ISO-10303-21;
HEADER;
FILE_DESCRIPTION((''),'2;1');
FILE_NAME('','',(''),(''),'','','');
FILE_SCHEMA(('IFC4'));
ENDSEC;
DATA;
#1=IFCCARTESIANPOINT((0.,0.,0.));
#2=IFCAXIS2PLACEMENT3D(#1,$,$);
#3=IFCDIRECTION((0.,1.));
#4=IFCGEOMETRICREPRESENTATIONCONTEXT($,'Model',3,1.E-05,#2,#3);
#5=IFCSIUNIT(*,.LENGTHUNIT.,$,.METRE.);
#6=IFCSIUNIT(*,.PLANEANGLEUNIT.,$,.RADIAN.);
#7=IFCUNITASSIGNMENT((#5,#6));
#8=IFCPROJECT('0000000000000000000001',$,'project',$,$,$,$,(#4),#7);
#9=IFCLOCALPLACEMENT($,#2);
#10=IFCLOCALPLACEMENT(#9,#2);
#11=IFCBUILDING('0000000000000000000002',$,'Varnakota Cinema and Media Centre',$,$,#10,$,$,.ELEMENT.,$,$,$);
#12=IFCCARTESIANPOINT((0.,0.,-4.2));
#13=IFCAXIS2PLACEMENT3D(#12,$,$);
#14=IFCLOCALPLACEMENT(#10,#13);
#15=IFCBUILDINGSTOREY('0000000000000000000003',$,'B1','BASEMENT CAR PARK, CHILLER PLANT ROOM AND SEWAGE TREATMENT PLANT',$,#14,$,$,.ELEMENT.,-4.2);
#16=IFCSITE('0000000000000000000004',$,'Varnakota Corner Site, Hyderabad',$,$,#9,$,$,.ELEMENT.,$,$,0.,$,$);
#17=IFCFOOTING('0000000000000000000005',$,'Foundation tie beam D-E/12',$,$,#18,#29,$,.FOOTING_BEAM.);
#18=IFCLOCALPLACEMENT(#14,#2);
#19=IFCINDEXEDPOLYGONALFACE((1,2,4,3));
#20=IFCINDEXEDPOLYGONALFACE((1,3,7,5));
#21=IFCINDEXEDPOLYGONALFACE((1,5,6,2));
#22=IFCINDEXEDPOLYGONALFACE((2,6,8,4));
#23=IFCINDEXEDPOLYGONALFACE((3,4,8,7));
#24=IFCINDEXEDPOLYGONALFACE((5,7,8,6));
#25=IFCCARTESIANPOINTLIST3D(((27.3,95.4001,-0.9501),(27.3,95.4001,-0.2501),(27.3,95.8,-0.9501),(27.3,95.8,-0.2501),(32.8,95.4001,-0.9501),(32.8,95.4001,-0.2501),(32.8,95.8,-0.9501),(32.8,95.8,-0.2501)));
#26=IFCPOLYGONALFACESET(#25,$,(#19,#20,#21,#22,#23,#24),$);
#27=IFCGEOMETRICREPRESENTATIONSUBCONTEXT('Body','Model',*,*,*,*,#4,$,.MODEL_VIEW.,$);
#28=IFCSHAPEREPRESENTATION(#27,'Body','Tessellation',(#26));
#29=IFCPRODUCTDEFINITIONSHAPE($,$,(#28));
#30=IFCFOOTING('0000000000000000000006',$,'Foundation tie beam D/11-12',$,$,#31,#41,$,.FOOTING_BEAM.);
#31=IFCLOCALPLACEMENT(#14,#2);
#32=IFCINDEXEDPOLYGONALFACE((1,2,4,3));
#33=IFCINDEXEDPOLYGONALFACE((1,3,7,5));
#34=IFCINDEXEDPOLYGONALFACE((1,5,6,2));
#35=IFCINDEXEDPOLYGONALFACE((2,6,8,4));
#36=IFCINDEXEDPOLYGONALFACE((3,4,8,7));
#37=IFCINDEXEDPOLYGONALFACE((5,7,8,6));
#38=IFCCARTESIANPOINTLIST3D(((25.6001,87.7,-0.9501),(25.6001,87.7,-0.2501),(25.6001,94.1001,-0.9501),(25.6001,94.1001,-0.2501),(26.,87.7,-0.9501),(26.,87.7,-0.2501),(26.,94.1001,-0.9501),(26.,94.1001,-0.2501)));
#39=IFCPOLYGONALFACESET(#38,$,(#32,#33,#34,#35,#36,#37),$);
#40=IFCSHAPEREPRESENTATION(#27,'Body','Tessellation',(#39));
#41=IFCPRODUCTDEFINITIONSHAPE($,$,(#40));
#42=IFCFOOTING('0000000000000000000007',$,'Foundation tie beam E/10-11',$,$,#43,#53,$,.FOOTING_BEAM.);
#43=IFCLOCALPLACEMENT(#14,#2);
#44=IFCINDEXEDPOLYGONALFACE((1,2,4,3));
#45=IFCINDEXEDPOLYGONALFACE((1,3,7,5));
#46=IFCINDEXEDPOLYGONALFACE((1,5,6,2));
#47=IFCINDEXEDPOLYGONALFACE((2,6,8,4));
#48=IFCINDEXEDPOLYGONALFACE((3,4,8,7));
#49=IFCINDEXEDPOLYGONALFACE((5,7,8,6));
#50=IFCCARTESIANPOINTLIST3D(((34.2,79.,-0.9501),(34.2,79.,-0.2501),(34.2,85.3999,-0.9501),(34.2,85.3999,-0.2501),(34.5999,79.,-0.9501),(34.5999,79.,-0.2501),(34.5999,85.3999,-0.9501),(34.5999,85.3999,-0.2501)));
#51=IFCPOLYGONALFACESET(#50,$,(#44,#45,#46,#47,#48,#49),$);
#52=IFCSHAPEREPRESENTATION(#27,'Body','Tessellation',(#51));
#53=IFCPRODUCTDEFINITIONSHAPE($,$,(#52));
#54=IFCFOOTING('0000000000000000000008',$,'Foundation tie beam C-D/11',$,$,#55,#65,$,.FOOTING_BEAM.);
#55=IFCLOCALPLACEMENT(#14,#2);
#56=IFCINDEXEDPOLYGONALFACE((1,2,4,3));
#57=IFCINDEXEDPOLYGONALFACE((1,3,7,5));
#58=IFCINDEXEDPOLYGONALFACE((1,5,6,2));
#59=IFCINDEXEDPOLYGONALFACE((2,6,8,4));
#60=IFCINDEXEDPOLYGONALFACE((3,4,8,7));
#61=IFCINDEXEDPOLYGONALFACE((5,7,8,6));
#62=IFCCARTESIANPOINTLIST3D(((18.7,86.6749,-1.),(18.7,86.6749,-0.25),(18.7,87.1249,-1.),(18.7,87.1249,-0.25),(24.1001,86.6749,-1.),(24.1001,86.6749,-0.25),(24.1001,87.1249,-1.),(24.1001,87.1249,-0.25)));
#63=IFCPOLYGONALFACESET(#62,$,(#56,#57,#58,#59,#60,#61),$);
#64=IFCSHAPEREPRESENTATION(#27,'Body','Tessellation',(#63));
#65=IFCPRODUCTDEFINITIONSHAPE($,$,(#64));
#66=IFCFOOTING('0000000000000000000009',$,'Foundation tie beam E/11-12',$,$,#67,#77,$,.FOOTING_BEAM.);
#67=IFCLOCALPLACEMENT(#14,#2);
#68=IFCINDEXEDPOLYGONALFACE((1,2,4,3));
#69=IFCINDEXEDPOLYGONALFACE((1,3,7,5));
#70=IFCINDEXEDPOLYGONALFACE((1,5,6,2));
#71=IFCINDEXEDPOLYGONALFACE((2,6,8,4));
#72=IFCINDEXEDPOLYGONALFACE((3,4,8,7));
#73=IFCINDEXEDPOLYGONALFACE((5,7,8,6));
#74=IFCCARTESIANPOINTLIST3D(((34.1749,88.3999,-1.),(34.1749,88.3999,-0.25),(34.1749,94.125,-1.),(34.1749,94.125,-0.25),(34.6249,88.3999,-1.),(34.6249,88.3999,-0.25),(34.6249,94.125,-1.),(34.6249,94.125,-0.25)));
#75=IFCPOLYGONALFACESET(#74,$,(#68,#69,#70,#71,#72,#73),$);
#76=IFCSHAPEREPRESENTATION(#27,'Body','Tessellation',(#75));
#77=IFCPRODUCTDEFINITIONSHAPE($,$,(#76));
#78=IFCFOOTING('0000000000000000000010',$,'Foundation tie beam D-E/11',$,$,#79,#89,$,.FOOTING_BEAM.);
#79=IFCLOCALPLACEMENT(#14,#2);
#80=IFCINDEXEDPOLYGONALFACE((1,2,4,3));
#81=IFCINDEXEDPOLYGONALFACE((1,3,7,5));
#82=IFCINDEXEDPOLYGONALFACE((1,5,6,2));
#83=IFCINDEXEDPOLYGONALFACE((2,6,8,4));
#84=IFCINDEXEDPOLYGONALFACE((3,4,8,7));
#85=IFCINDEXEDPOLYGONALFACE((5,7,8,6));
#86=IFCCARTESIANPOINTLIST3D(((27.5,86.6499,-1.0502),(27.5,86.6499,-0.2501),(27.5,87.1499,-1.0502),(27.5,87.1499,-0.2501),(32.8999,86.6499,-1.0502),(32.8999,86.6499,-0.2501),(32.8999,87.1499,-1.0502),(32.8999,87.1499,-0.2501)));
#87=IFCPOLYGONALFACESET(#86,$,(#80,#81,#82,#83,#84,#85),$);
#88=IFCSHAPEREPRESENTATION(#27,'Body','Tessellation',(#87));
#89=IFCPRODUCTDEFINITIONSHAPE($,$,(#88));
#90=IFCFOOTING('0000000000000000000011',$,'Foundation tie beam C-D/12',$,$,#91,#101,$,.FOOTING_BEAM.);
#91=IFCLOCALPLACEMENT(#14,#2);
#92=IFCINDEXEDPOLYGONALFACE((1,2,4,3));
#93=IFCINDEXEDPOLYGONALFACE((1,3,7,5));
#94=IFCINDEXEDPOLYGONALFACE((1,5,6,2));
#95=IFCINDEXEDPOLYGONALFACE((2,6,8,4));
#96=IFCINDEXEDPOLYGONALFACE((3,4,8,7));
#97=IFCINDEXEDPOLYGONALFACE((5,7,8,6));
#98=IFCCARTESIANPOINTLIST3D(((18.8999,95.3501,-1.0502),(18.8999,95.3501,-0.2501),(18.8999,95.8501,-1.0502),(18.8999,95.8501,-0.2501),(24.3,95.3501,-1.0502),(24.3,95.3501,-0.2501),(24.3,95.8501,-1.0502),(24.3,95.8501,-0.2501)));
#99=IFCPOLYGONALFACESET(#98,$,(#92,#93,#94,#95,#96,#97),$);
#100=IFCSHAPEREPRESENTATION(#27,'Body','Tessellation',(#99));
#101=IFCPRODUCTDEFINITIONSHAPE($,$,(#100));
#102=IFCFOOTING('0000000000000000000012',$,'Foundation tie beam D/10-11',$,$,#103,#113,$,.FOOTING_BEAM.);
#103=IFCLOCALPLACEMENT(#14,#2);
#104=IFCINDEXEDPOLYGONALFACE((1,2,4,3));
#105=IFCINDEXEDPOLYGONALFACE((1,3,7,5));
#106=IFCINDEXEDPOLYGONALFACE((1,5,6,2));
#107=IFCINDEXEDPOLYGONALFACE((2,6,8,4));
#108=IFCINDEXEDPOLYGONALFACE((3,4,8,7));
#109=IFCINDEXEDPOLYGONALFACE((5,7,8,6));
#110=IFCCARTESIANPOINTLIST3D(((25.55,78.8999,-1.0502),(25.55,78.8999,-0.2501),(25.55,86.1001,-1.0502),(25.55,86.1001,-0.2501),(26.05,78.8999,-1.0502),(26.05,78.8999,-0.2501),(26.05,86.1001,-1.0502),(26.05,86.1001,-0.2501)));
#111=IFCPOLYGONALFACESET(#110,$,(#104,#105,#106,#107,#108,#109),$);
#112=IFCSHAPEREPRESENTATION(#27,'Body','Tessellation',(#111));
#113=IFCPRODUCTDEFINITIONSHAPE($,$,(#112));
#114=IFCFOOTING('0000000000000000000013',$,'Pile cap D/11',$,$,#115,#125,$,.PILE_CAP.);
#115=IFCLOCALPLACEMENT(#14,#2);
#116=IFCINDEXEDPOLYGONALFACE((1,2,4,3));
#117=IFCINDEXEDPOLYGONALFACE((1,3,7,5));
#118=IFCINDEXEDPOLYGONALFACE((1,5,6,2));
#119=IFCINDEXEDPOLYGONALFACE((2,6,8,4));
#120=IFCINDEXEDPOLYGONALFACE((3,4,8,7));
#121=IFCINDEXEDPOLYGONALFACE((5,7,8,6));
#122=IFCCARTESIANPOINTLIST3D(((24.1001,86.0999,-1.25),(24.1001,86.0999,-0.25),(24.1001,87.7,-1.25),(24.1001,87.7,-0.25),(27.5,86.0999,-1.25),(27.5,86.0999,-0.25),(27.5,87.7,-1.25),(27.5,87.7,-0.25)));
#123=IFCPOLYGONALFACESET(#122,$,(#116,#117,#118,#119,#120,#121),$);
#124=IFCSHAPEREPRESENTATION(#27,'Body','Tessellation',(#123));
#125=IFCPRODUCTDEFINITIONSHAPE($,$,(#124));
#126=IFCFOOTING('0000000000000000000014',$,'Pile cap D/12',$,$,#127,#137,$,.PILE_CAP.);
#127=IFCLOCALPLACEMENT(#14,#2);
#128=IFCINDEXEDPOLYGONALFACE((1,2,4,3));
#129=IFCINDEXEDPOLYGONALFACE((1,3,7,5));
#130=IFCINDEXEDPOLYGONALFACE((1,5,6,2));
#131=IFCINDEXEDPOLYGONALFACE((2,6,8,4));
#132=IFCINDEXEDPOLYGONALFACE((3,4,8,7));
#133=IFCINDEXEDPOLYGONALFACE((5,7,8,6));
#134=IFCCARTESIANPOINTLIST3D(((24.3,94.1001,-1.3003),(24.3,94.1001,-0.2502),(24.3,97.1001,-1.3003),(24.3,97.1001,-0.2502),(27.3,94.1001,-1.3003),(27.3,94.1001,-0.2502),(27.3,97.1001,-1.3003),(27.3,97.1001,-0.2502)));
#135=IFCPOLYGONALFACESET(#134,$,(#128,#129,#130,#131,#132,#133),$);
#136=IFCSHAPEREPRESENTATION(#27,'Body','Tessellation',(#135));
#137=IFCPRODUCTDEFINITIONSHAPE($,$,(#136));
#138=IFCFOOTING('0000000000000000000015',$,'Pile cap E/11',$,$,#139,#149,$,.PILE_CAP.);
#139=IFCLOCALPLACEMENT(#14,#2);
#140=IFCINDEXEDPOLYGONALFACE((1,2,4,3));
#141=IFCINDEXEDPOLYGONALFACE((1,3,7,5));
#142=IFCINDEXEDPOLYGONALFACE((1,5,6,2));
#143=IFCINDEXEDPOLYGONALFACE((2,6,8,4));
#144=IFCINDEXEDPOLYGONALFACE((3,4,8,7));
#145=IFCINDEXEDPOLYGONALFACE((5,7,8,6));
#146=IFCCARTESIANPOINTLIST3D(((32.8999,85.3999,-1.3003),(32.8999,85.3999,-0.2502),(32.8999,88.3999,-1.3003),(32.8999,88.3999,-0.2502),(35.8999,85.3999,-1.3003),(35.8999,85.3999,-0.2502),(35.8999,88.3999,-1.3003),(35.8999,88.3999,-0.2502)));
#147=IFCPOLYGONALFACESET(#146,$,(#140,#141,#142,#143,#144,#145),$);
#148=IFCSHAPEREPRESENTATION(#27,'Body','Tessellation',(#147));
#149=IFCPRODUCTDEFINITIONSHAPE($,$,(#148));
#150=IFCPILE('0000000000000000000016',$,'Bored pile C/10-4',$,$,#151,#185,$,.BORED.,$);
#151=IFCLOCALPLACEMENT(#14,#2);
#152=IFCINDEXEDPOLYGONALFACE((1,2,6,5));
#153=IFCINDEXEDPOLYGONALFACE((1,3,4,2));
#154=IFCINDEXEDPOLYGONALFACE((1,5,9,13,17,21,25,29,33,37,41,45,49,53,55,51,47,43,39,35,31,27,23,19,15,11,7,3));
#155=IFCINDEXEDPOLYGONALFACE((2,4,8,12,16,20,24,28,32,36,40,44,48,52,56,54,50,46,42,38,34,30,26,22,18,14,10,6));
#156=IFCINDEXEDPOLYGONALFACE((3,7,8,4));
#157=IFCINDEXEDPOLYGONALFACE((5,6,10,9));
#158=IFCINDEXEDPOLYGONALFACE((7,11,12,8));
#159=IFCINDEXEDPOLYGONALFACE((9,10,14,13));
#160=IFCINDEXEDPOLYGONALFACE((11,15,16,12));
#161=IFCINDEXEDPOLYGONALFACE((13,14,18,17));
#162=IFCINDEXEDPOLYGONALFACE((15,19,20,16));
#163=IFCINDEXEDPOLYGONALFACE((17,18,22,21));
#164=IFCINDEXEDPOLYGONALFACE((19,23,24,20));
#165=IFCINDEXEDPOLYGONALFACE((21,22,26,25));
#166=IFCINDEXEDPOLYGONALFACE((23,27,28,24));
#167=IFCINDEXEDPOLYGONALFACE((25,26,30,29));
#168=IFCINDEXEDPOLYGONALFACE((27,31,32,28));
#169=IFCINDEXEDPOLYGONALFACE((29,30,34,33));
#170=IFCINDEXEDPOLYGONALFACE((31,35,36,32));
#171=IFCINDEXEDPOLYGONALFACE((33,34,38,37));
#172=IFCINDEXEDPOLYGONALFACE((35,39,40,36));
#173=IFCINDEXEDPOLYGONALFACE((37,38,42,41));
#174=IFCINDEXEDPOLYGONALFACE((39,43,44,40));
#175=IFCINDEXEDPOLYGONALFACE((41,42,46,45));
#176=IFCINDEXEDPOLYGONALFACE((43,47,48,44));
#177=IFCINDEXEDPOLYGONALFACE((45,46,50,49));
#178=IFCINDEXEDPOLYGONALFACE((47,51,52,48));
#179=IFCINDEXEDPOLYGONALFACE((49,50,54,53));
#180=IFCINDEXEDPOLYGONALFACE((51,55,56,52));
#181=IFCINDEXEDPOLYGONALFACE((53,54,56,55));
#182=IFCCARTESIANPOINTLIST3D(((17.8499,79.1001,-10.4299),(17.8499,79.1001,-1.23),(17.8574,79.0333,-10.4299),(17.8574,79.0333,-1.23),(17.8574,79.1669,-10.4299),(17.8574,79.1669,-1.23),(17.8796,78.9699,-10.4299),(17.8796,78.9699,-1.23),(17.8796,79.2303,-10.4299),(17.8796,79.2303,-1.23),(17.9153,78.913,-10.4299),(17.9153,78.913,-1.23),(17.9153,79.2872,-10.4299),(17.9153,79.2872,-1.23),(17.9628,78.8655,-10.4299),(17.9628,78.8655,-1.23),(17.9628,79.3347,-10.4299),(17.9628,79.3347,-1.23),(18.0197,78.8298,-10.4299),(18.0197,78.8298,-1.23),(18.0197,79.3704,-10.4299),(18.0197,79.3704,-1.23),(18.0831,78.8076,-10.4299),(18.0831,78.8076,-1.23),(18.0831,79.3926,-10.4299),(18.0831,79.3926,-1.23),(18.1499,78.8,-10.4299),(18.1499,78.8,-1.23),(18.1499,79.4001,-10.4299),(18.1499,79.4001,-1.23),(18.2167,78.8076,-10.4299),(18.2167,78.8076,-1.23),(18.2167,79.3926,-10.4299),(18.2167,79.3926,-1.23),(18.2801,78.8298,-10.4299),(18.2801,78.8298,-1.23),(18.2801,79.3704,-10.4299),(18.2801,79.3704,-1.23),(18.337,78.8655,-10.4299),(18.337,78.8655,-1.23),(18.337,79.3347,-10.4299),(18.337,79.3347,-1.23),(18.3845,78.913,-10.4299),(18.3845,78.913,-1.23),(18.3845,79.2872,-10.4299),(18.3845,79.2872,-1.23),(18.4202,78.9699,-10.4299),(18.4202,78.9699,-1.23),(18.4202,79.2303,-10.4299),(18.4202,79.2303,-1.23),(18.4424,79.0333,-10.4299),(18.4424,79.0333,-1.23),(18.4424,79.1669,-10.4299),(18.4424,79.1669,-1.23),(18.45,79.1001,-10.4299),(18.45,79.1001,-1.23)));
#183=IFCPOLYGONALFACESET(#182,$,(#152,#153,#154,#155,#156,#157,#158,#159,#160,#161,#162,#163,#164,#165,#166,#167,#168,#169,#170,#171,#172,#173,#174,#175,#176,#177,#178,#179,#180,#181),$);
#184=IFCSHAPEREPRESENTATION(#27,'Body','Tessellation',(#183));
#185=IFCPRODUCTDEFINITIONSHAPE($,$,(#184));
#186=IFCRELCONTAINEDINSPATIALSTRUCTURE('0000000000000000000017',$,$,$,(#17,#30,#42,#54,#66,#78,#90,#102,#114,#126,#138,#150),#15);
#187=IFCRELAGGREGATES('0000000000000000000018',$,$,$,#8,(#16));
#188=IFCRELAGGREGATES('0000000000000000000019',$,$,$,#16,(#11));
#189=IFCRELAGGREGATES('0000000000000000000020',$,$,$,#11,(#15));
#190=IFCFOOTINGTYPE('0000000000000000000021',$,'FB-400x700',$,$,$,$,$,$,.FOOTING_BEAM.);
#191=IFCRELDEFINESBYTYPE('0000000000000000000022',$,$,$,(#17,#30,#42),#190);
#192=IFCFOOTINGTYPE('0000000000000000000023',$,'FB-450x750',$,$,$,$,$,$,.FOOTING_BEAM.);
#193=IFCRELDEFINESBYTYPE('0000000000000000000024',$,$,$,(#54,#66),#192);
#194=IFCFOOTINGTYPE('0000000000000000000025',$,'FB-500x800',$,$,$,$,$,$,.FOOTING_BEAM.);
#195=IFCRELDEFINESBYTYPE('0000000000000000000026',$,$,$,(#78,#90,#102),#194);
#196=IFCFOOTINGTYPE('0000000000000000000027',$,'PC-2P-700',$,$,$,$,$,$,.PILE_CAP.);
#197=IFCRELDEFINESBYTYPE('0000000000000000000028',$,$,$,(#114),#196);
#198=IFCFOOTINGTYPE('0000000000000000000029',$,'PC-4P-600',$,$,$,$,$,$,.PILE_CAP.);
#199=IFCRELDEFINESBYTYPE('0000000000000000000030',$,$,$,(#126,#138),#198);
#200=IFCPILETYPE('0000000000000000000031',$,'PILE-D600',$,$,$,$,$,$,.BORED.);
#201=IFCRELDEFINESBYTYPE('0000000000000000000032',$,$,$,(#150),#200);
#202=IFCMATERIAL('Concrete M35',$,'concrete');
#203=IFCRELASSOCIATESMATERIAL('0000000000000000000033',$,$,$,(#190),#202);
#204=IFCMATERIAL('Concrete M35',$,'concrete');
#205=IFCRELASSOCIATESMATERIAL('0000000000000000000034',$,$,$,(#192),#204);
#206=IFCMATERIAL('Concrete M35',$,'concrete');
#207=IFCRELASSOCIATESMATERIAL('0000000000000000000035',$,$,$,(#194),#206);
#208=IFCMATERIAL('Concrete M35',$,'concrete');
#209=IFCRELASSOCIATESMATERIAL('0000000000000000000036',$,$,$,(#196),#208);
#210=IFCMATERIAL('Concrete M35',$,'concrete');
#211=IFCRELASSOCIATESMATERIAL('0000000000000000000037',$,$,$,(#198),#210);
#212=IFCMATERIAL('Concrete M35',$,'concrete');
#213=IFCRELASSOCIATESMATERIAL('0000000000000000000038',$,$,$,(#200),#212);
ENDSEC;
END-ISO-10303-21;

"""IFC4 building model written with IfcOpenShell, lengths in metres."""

from ifc_helpers import new_model, si_unit, direction, frame, origin, origin_2d, place, context, subcontext, project, spatial, rectangle, circle, extrude, material, material_profile, profile_set, type_object, element, save


model = new_model("IFC4")

# Units and contexts
model_context = context("Model", 3, precision=1e-05, world=origin(), true_north=direction((0.0, 1.0)))
body_context = subcontext(model_context, "Body", "Model", "MODEL_VIEW")
ifc_project = project(units=[si_unit("LENGTHUNIT", "METRE"), si_unit("PLANEANGLEUNIT", "RADIAN")], contexts=[model_context])

# Site, building, storey
site_placement = place(None, origin())
site = spatial("IfcSite", under=ifc_project, at=site_placement, Name="Varnakota Corner Site, Hyderabad", CompositionType="ELEMENT", RefElevation=0.0)
building_placement = place(site_placement, origin())
building = spatial("IfcBuilding", under=site, at=building_placement, Name="Varnakota Cinema and Media Centre", CompositionType="ELEMENT")
storey_placement = place(building_placement, frame((0.0, 0.0, -4.2)))
storey = spatial("IfcBuildingStorey", under=building, at=storey_placement, Name="B1", Description="BASEMENT CAR PARK, CHILLER PLANT ROOM AND SEWAGE TREATMENT PLANT", CompositionType="ELEMENT", Elevation=-4.2)

# Footings
ifc_material_1 = material(Name="Concrete M35", Category="concrete")
ifc_material_profile_1 = material_profile(ifc_material_1, rectangle(XDim=0.3999, YDim=0.7, at=origin_2d()), Name="FB 400x700")
ifc_profile_set_1 = profile_set([ifc_material_profile_1], Name="Concrete M35")
footing_type_1 = type_object("IfcFootingType", Name="FB-400x700", PredefinedType="FOOTING_BEAM", material=ifc_profile_set_1)
footing_1_placement = place(storey_placement, frame((27.3, 95.6001, -0.6001), z_axis=(1.0, 0.0, 0.0), x_axis=(0.0, 1.0, 0.0)))
element("IfcFooting", 1, at=footing_1_placement, inside=storey, type_object=footing_type_1, Name="Foundation tie beam D-E/12", PredefinedType="FOOTING_BEAM", context=body_context, shape_type="SweptSolid", body=[
    extrude(rectangle(XDim=0.3999, YDim=0.7, at=origin_2d()), origin(), (0.0, 0.0, 1.0), 5.5),
])
footing_2_placement = place(storey_placement, frame((25.8, 87.7, -0.6001), z_axis=(0.0, 1.0, 0.0), x_axis=(-1.0, 0.0, 0.0)))
element("IfcFooting", 2, at=footing_2_placement, inside=storey, type_object=footing_type_1, Name="Foundation tie beam D/11-12", PredefinedType="FOOTING_BEAM", context=body_context, shape_type="SweptSolid", body=[
    extrude(rectangle(XDim=0.3999, YDim=0.7, at=origin_2d()), origin(), (0.0, 0.0, 1.0), 6.4001),
])
footing_3_placement = place(storey_placement, frame((34.3999, 79.0, -0.6001), z_axis=(0.0, 1.0, 0.0), x_axis=(-1.0, 0.0, 0.0)))
element("IfcFooting", 3, at=footing_3_placement, inside=storey, type_object=footing_type_1, Name="Foundation tie beam E/10-11", PredefinedType="FOOTING_BEAM", context=body_context, shape_type="SweptSolid", body=[
    extrude(rectangle(XDim=0.3999, YDim=0.7, at=origin_2d()), origin(), (0.0, 0.0, 1.0), 6.3999),
])
ifc_material_2 = material(Name="Concrete M35", Category="concrete")
ifc_material_profile_2 = material_profile(ifc_material_2, rectangle(XDim=0.45, YDim=0.75, at=origin_2d()), Name="FB 450x750")
ifc_profile_set_2 = profile_set([ifc_material_profile_2], Name="Concrete M35")
footing_type_2 = type_object("IfcFootingType", Name="FB-450x750", PredefinedType="FOOTING_BEAM", material=ifc_profile_set_2)
footing_4_placement = place(storey_placement, frame((18.7, 86.8999, -0.625), z_axis=(1.0, 0.0, 0.0), x_axis=(0.0, 1.0, 0.0)))
element("IfcFooting", 4, at=footing_4_placement, inside=storey, type_object=footing_type_2, Name="Foundation tie beam C-D/11", PredefinedType="FOOTING_BEAM", context=body_context, shape_type="SweptSolid", body=[
    extrude(rectangle(XDim=0.45, YDim=0.75, at=origin_2d()), origin(), (0.0, 0.0, 1.0), 5.4001),
])
footing_5_placement = place(storey_placement, frame((34.3999, 88.3999, -0.625), z_axis=(0.0, 1.0, 0.0), x_axis=(-1.0, 0.0, 0.0)))
element("IfcFooting", 5, at=footing_5_placement, inside=storey, type_object=footing_type_2, Name="Foundation tie beam E/11-12", PredefinedType="FOOTING_BEAM", context=body_context, shape_type="SweptSolid", body=[
    extrude(rectangle(XDim=0.45, YDim=0.75, at=origin_2d()), origin(), (0.0, 0.0, 1.0), 5.7251),
])
ifc_material_3 = material(Name="Concrete M35", Category="concrete")
ifc_material_profile_3 = material_profile(ifc_material_3, rectangle(XDim=0.5, YDim=0.8, at=origin_2d()), Name="FB 500x800")
ifc_profile_set_3 = profile_set([ifc_material_profile_3], Name="Concrete M35")
footing_type_3 = type_object("IfcFootingType", Name="FB-500x800", PredefinedType="FOOTING_BEAM", material=ifc_profile_set_3)
footing_6_placement = place(storey_placement, frame((27.5, 86.8999, -0.6501), z_axis=(1.0, 0.0, 0.0), x_axis=(0.0, 1.0, 0.0)))
element("IfcFooting", 6, at=footing_6_placement, inside=storey, type_object=footing_type_3, Name="Foundation tie beam D-E/11", PredefinedType="FOOTING_BEAM", context=body_context, shape_type="SweptSolid", body=[
    extrude(rectangle(XDim=0.5, YDim=0.8, at=origin_2d()), origin(), (0.0, 0.0, 1.0), 5.3999),
])
footing_7_placement = place(storey_placement, frame((18.8999, 95.6001, -0.6501), z_axis=(1.0, 0.0, 0.0), x_axis=(0.0, 1.0, 0.0)))
element("IfcFooting", 7, at=footing_7_placement, inside=storey, type_object=footing_type_3, Name="Foundation tie beam C-D/12", PredefinedType="FOOTING_BEAM", context=body_context, shape_type="SweptSolid", body=[
    extrude(rectangle(XDim=0.5, YDim=0.8, at=origin_2d()), origin(), (0.0, 0.0, 1.0), 5.4001),
])
footing_8_placement = place(storey_placement, frame((25.8, 78.8999, -0.6501), z_axis=(0.0, 1.0, 0.0), x_axis=(-1.0, 0.0, 0.0)))
element("IfcFooting", 8, at=footing_8_placement, inside=storey, type_object=footing_type_3, Name="Foundation tie beam D/10-11", PredefinedType="FOOTING_BEAM", context=body_context, shape_type="SweptSolid", body=[
    extrude(rectangle(XDim=0.5, YDim=0.8, at=origin_2d()), origin(), (0.0, 0.0, 1.0), 7.2002),
])
ifc_material_4 = material(Name="Concrete M35", Category="concrete")
footing_type_4 = type_object("IfcFootingType", Name="PC-2P-700", PredefinedType="PILE_CAP", material=ifc_material_4)
footing_9_placement = place(storey_placement, frame((25.8, 86.8999, -1.25), z_axis=(0.0, 0.0, 1.0), x_axis=(1.0, 0.0, 0.0)))
element("IfcFooting", 9, at=footing_9_placement, inside=storey, type_object=footing_type_4, Name="Pile cap D/11", PredefinedType="PILE_CAP", context=body_context, shape_type="SweptSolid", body=[
    extrude(rectangle(XDim=3.3999, YDim=1.6001, at=origin_2d()), origin(), (0.0, 0.0, 1.0), 1.0),
])
ifc_material_5 = material(Name="Concrete M35", Category="concrete")
footing_type_5 = type_object("IfcFootingType", Name="PC-4P-600", PredefinedType="PILE_CAP", material=ifc_material_5)
for number, where, z_axis, x_axis, name in (
    (10, (25.8, 95.6001, -1.3003), (0.0, 0.0, 1.0), (1.0, 0.0, 0.0), "Pile cap D/12"),
    (11, (34.3999, 86.8999, -1.3003), (0.0, 0.0, 1.0), (1.0, 0.0, 0.0), "Pile cap E/11"),
):
    element("IfcFooting", number, at=place(storey_placement, frame(where, z_axis=z_axis, x_axis=x_axis)), inside=storey, type_object=footing_type_5, Name=name, PredefinedType="PILE_CAP", context=body_context, shape_type="SweptSolid", body=[
        extrude(rectangle(XDim=3.0, YDim=3.0, at=origin_2d()), origin(), (0.0, 0.0, 1.0), 1.05),
    ])

# Pile
ifc_material_6 = material(Name="Concrete M35", Category="concrete")
ifc_material_profile_4 = material_profile(ifc_material_6, circle(Radius=0.3, at=origin_2d()), Name="PILE D600")
ifc_profile_set_4 = profile_set([ifc_material_profile_4], Name="Concrete M35")
pile_type_1 = type_object("IfcPileType", Name="PILE-D600", PredefinedType="BORED", material=ifc_profile_set_4)
for number, where, z_axis, x_axis, name in (
    (12, (18.1499, 79.1001, -1.23), (0.0, 0.0, -1.0), (1.0, 0.0, 0.0), "Bored pile C/10-4"),
):
    element("IfcPile", number, at=place(storey_placement, frame(where, z_axis=z_axis, x_axis=x_axis)), inside=storey, type_object=pile_type_1, Name=name, PredefinedType="BORED", context=body_context, shape_type="SweptSolid", body=[
        extrude(circle(Radius=0.3, at=origin_2d()), origin(), (0.0, 0.0, 1.0), 9.2),
    ])

save(model, "model.ifc")
